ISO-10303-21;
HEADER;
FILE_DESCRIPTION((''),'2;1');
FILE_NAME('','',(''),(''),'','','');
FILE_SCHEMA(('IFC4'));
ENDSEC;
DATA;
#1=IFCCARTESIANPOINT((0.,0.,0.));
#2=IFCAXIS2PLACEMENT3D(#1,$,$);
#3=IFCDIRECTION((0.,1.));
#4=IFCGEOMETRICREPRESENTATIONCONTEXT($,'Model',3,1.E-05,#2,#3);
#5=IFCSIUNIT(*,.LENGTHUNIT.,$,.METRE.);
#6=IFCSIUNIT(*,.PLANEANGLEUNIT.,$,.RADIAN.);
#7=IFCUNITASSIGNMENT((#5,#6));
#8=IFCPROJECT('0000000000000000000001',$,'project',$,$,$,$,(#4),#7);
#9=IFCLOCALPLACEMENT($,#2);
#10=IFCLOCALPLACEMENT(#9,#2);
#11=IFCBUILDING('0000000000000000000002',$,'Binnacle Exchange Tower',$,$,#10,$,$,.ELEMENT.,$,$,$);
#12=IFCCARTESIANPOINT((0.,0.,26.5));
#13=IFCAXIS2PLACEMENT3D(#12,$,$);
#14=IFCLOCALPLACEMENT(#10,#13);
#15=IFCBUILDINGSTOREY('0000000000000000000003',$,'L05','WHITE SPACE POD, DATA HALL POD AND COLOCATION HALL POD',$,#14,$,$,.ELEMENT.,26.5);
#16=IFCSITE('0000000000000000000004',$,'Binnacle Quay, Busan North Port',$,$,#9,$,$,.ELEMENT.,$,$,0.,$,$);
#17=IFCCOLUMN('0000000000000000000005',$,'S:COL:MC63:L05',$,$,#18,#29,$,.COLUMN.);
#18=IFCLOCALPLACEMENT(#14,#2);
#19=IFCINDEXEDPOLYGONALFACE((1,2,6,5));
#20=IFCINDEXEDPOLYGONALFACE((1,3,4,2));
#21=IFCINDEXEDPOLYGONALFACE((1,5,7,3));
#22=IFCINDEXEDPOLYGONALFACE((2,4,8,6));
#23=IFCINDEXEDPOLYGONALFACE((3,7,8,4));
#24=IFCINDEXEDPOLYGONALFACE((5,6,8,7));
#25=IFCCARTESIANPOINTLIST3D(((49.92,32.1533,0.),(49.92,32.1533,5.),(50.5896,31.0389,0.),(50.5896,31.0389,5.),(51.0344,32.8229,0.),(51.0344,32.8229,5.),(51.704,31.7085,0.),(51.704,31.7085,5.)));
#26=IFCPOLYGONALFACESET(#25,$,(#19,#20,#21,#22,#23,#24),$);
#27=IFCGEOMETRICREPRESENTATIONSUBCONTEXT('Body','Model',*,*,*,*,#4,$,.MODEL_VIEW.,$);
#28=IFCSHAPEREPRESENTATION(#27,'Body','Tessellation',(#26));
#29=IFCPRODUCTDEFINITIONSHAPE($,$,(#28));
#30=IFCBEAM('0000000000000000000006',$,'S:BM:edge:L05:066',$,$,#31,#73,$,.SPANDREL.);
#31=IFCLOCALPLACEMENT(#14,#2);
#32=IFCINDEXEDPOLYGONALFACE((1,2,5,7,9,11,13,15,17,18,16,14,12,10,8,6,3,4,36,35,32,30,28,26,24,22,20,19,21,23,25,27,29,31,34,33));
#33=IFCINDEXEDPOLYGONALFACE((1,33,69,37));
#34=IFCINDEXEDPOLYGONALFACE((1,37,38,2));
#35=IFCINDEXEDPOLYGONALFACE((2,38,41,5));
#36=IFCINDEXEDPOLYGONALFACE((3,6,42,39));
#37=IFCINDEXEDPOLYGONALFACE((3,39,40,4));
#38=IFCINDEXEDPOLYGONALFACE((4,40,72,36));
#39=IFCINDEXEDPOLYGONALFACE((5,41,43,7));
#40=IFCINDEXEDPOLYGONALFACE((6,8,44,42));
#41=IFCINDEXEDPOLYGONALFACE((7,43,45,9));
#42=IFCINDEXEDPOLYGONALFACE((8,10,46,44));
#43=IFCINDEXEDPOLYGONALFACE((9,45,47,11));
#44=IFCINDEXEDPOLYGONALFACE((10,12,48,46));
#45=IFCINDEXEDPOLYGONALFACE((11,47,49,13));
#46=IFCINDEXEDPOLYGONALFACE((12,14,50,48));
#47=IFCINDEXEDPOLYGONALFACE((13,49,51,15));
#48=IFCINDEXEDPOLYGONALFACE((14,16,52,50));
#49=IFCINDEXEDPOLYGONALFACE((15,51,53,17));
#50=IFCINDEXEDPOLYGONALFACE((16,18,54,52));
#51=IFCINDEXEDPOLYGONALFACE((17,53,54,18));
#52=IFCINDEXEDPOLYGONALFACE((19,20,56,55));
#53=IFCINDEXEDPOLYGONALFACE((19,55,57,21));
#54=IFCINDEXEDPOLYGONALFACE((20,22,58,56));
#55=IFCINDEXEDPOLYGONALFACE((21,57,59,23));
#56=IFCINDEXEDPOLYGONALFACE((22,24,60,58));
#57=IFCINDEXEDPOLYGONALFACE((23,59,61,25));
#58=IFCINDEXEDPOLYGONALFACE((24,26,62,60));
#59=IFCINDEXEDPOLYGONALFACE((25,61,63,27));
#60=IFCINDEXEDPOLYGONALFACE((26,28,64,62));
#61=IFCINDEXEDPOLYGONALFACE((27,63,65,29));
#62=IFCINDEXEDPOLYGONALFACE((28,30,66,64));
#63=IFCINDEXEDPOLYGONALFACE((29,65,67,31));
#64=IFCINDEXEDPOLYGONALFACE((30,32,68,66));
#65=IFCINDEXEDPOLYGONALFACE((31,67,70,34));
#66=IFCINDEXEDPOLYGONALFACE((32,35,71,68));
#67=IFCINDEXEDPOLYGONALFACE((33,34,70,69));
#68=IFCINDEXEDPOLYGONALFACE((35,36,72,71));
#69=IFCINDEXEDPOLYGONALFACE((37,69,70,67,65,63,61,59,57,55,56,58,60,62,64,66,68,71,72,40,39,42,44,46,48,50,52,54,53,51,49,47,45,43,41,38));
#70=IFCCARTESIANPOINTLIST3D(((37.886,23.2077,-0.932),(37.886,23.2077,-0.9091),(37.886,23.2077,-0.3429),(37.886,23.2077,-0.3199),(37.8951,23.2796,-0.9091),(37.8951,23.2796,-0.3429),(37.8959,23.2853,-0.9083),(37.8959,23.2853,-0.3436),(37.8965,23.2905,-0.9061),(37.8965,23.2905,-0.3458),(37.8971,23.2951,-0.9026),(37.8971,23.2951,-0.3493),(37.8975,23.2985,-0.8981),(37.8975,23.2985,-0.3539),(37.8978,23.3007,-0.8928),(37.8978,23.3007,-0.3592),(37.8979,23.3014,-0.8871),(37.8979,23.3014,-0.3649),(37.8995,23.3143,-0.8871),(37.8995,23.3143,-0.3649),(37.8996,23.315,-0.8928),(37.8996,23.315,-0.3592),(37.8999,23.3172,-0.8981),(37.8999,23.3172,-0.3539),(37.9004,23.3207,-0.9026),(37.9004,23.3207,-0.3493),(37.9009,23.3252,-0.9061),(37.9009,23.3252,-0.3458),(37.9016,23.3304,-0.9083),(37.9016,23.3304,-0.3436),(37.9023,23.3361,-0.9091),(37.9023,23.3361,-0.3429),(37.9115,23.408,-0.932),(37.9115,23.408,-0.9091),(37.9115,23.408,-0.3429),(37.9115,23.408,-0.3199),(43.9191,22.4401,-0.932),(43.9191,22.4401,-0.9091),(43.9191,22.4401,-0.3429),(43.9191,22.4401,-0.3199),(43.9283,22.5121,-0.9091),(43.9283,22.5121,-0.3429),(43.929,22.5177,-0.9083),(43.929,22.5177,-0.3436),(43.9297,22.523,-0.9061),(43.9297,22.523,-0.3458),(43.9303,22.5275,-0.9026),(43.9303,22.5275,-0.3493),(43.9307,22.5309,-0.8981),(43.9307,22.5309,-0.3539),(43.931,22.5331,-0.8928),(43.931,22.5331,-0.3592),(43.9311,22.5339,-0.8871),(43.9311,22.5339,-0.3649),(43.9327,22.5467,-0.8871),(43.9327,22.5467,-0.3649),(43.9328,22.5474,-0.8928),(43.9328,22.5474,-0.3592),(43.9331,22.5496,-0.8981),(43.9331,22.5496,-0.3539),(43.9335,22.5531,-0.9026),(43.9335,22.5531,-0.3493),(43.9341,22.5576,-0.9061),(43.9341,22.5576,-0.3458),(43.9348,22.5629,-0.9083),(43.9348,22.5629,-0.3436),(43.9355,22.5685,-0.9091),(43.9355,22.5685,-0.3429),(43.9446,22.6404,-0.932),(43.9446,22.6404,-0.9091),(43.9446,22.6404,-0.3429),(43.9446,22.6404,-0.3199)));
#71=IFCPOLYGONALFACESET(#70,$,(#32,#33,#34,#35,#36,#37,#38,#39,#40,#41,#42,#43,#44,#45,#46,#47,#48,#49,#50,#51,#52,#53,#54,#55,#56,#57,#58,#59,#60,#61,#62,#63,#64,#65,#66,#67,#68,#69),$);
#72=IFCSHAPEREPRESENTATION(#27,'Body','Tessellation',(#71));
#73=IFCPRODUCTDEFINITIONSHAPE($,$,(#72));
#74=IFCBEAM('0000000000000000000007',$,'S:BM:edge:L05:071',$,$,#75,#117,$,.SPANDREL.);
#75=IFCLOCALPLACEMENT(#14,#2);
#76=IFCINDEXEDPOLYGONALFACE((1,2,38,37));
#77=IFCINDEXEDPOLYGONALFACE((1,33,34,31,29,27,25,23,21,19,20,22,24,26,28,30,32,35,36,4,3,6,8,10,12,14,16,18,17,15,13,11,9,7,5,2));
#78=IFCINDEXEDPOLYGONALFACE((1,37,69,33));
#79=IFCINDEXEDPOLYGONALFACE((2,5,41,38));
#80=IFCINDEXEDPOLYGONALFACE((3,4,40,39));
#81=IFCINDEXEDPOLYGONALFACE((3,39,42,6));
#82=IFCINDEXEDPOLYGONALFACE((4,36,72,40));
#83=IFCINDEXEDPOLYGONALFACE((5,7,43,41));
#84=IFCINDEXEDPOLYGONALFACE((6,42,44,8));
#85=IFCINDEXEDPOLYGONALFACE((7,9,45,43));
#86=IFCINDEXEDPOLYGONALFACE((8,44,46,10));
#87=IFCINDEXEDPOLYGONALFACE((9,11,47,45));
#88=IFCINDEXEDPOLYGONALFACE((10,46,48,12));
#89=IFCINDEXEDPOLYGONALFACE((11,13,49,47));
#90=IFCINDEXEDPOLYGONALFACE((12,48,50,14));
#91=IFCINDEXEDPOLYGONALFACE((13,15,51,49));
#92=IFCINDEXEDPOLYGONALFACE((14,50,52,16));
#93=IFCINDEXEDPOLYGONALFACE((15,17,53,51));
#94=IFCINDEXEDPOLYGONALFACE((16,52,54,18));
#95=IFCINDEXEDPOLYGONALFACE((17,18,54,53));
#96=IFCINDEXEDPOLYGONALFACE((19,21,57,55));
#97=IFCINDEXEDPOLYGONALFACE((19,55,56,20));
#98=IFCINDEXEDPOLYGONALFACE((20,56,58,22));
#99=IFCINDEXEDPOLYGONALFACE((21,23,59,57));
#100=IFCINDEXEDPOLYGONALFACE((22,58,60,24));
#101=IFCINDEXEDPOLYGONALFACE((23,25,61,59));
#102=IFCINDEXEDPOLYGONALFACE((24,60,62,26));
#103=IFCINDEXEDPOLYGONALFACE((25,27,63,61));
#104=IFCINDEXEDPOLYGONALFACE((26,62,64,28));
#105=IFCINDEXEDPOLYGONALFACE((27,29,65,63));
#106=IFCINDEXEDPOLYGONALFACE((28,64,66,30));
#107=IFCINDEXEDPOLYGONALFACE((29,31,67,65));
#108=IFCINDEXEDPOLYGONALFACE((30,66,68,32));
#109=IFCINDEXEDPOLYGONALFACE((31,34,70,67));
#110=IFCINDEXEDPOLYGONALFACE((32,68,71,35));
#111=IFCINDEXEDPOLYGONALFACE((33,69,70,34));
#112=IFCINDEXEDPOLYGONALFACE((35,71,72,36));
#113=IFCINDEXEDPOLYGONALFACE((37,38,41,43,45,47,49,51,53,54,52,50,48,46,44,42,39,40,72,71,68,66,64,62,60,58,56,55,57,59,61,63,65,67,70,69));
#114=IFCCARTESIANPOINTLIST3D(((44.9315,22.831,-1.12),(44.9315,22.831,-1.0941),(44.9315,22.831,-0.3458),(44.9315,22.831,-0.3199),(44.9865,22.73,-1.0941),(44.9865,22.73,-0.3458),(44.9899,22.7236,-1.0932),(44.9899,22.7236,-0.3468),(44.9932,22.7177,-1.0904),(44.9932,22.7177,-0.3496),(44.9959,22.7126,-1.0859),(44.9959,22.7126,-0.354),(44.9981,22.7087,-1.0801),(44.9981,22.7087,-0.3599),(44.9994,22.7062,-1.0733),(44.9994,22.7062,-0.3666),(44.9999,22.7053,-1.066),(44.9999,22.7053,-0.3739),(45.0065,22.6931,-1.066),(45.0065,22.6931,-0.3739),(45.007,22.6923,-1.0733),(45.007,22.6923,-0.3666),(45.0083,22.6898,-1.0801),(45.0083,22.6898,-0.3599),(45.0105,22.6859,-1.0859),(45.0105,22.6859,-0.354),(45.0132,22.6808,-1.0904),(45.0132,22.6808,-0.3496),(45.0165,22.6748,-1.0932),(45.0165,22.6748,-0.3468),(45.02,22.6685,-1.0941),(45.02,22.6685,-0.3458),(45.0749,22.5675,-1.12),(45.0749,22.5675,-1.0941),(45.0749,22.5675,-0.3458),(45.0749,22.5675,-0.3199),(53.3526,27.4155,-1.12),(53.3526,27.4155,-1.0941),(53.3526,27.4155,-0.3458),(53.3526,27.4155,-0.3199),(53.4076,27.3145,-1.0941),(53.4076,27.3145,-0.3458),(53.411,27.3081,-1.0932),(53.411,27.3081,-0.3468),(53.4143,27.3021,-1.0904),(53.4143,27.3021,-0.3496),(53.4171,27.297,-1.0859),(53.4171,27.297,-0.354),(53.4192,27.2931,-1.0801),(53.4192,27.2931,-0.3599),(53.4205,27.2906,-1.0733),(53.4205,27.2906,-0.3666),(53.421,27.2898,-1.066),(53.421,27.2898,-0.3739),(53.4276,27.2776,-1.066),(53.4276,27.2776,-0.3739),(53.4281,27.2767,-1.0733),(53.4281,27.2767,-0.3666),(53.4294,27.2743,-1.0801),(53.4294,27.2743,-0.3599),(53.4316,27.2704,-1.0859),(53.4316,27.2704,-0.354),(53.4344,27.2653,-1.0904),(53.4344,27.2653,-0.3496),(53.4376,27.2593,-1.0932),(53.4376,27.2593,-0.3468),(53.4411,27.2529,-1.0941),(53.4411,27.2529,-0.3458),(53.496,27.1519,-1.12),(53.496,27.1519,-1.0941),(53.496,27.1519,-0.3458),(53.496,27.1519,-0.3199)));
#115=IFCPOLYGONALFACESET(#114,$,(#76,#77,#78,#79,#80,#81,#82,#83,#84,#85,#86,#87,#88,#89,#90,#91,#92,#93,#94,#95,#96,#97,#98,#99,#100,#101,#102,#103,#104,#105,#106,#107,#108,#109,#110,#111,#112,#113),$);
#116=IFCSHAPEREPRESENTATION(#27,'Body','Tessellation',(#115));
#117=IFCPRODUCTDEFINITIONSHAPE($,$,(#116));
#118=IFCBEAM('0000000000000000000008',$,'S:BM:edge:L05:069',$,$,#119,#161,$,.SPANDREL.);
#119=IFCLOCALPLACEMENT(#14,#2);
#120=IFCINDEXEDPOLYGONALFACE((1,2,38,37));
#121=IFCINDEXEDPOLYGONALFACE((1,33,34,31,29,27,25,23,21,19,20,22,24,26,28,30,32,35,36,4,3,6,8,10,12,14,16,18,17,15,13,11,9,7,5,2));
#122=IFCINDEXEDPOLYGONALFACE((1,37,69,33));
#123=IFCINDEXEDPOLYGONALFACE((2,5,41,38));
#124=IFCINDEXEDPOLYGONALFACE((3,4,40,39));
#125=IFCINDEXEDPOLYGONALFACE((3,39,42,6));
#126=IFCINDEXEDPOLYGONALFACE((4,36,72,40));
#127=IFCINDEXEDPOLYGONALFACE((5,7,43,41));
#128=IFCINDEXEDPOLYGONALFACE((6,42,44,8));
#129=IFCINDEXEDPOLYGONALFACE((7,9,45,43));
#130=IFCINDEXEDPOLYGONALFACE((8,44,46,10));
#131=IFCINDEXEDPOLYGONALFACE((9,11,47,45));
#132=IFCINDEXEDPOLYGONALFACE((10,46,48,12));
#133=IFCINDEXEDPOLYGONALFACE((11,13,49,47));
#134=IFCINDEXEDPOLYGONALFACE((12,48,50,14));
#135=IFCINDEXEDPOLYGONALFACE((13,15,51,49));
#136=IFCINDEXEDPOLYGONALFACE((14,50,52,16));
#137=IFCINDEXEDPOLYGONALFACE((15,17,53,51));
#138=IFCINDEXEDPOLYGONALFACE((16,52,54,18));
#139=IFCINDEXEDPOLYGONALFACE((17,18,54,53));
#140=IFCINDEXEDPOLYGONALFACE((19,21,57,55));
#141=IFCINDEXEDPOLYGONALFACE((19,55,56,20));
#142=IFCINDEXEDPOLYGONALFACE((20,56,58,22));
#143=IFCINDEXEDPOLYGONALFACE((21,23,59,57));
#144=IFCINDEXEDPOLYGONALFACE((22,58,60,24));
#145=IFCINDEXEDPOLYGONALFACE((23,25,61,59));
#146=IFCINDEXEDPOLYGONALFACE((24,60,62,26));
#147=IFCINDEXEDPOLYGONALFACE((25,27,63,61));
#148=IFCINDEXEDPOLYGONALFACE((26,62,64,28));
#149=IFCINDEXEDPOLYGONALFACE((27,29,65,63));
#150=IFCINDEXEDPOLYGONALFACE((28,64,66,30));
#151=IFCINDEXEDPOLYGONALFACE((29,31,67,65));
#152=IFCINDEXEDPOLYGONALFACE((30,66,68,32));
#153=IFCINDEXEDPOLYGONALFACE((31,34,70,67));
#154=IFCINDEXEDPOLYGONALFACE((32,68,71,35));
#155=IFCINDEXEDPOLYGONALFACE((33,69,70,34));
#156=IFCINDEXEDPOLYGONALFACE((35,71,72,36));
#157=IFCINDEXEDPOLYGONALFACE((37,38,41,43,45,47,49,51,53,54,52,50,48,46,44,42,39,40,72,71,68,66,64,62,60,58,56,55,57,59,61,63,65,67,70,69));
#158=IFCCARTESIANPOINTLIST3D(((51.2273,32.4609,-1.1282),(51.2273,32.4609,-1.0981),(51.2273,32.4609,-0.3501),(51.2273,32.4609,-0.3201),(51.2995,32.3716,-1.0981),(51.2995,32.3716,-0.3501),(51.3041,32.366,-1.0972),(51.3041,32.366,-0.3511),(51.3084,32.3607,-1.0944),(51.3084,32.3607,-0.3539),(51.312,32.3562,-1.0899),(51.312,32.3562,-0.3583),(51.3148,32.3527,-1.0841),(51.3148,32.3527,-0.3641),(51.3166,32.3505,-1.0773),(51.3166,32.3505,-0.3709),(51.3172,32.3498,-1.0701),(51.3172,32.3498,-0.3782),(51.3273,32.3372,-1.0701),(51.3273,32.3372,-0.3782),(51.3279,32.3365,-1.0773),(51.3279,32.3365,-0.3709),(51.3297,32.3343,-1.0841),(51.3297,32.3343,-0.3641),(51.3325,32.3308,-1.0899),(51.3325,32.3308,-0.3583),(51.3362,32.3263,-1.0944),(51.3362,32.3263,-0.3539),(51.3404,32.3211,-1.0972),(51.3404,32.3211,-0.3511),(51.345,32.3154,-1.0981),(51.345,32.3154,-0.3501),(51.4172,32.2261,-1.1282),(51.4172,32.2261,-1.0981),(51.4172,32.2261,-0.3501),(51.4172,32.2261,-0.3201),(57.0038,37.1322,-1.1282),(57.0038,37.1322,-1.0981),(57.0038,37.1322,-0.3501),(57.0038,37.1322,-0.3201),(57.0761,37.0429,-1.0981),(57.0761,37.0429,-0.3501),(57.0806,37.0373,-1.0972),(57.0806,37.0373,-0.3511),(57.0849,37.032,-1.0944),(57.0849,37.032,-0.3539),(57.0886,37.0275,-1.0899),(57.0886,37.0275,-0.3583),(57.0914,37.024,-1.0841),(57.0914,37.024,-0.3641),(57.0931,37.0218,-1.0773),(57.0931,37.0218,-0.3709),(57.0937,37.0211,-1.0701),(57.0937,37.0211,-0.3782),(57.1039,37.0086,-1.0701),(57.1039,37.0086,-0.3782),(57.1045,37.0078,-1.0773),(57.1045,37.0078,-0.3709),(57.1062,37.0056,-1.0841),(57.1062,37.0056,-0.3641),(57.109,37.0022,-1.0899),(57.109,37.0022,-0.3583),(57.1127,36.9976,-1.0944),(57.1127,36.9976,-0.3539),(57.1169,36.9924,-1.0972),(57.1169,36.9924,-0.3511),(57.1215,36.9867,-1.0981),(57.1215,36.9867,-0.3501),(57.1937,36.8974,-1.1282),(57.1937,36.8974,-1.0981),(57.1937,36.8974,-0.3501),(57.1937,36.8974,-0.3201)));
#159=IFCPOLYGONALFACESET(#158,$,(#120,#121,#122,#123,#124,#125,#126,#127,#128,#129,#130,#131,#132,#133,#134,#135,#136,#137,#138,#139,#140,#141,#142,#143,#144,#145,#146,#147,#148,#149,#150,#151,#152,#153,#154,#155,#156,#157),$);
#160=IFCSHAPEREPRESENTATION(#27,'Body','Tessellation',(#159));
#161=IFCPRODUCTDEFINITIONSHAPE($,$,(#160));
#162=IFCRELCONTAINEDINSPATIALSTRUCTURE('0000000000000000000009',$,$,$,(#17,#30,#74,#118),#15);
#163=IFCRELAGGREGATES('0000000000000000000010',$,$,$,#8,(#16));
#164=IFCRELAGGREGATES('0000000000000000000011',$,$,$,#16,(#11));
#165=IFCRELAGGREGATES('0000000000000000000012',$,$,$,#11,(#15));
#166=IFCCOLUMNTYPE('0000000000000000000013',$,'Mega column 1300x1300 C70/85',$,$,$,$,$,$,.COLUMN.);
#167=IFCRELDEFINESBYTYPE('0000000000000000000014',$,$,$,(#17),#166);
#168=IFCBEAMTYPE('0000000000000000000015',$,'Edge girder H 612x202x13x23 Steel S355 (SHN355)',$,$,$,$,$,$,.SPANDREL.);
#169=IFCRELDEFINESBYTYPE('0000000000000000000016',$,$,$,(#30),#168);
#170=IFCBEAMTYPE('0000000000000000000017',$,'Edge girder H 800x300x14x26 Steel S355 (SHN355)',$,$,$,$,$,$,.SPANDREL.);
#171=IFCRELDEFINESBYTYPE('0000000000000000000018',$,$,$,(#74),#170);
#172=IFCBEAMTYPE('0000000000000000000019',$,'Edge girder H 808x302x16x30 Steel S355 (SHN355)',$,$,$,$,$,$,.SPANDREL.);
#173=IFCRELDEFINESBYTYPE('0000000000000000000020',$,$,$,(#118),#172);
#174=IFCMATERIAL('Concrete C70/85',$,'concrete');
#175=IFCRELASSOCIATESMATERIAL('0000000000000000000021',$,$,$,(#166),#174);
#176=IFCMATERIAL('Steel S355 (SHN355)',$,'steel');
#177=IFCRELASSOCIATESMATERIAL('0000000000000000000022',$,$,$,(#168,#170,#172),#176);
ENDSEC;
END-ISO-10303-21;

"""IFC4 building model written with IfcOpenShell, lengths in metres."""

from ifc_helpers import new_model, si_unit, direction, frame, origin, origin_2d, place, context, subcontext, project, spatial, rectangle, i_section, extrude, material, material_profile, profile_set, type_object, element, save


model = new_model("IFC4")

# Units and contexts
model_context = context("Model", 3, precision=1e-05, world=origin(), true_north=direction((0.0, 1.0)))
body_context = subcontext(model_context, "Body", "Model", "MODEL_VIEW")
ifc_project = project(units=[si_unit("LENGTHUNIT", "METRE"), si_unit("PLANEANGLEUNIT", "RADIAN")], contexts=[model_context])

# Site, building, storey
site_placement = place(None, origin())
site = spatial("IfcSite", under=ifc_project, at=site_placement, Name="Binnacle Quay, Busan North Port", CompositionType="ELEMENT", RefElevation=0.0)
building_placement = place(site_placement, origin())
building = spatial("IfcBuilding", under=site, at=building_placement, Name="Binnacle Exchange Tower", CompositionType="ELEMENT")
storey_placement = place(building_placement, frame((0.0, 0.0, 26.5)))
storey = spatial("IfcBuildingStorey", under=building, at=storey_placement, Name="L05", Description="WHITE SPACE POD, DATA HALL POD AND COLOCATION HALL POD", CompositionType="ELEMENT", Elevation=26.5)

# Column
ifc_material_1 = material(Name="Concrete C70/85", Category="concrete")
ifc_material_profile_1 = material_profile(ifc_material_1, rectangle(XDim=1.3, YDim=1.3, at=origin_2d()), Name="Mega column 1300x1300 C70/85")
ifc_profile_set_1 = profile_set([ifc_material_profile_1], Name="Concrete C70/85")
column_type = type_object("IfcColumnType", Name="Mega column 1300x1300 C70/85", PredefinedType="COLUMN", material=ifc_profile_set_1)
column_placement = place(storey_placement, frame((50.812, 31.9309, 0.0), z_axis=(0.0, 0.0, 1.0), x_axis=(0.857167, 0.515038, 0.0)))
element("IfcColumn", 1, at=column_placement, inside=storey, type_object=column_type, Name="S:COL:MC63:L05", PredefinedType="COLUMN", context=body_context, shape_type="SweptSolid", body=[
    extrude(rectangle(XDim=1.3, YDim=1.3, at=origin_2d()), origin(), (0.0, 0.0, 1.0), 5.0),
])

# Beams
ifc_material_2 = material(Name="Steel S355 (SHN355)", Category="steel")
ifc_material_profile_2 = material_profile(ifc_material_2, i_section(OverallWidth=0.2019, OverallDepth=0.6121, WebThickness=0.0129, FlangeThickness=0.0229, FilletRadius=0.022, at=origin_2d()), Name="H 612x202x13x23")
ifc_profile_set_2 = profile_set([ifc_material_profile_2], Name="Steel S355 (SHN355)")
beam_type_1 = type_object("IfcBeamType", Name="Edge girder H 612x202x13x23 Steel S355 (SHN355)", PredefinedType="SPANDREL", material=ifc_profile_set_2)
beam_1_placement = place(storey_placement, frame((43.9319, 22.5403, -0.626), z_axis=(-0.992004, 0.126208, 0.0), x_axis=(-0.126208, -0.992004, 0.0)))
element("IfcBeam", 2, at=beam_1_placement, inside=storey, type_object=beam_type_1, Name="S:BM:edge:L05:066", PredefinedType="SPANDREL", context=body_context, shape_type="SweptSolid", body=[
    extrude(i_section(OverallWidth=0.2019, OverallDepth=0.6121, WebThickness=0.0129, FlangeThickness=0.0229, FilletRadius=0.022, at=origin_2d()), origin(), (0.0, 0.0, 1.0), 6.0818),
])
ifc_material_profile_3 = material_profile(ifc_material_2, i_section(OverallWidth=0.3, OverallDepth=0.8, WebThickness=0.0139, FlangeThickness=0.0259, FilletRadius=0.0281, at=origin_2d()), Name="H 800x300x14x26")
ifc_profile_set_3 = profile_set([ifc_material_profile_3], Name="Steel S355 (SHN355)")
beam_type_2 = type_object("IfcBeamType", Name="Edge girder H 800x300x14x26 Steel S355 (SHN355)", PredefinedType="SPANDREL", material=ifc_profile_set_3)
beam_2_placement = place(storey_placement, frame((53.4243, 27.2837, -0.72), z_axis=(-0.878285, -0.478138, 0.0), x_axis=(0.478138, -0.878285, 0.0)))
element("IfcBeam", 3, at=beam_2_placement, inside=storey, type_object=beam_type_2, Name="S:BM:edge:L05:071", PredefinedType="SPANDREL", context=body_context, shape_type="SweptSolid", body=[
    extrude(i_section(OverallWidth=0.3, OverallDepth=0.8, WebThickness=0.0139, FlangeThickness=0.0259, FilletRadius=0.0281, at=origin_2d()), origin(), (0.0, 0.0, 1.0), 9.5881),
])
ifc_material_profile_4 = material_profile(ifc_material_2, i_section(OverallWidth=0.302, OverallDepth=0.8081, WebThickness=0.0161, FlangeThickness=0.03, FilletRadius=0.0281, at=origin_2d()), Name="H 808x302x16x30")
ifc_profile_set_4 = profile_set([ifc_material_profile_4], Name="Steel S355 (SHN355)")
beam_type_3 = type_object("IfcBeamType", Name="Edge girder H 808x302x16x30 Steel S355 (SHN355)", PredefinedType="SPANDREL", material=ifc_profile_set_4)
beam_3_placement = place(storey_placement, frame((51.3223, 32.3435, -0.7241), z_axis=(0.777568, 0.628798, 0.0), x_axis=(-0.628798, 0.777568, 0.0)))
element("IfcBeam", 4, at=beam_3_placement, inside=storey, type_object=beam_type_3, Name="S:BM:edge:L05:069", PredefinedType="SPANDREL", context=body_context, shape_type="SweptSolid", body=[
    extrude(i_section(OverallWidth=0.302, OverallDepth=0.8081, WebThickness=0.0161, FlangeThickness=0.03, FilletRadius=0.0281, at=origin_2d()), origin(), (0.0, 0.0, 1.0), 7.429),
])

save(model, "model.ifc")
